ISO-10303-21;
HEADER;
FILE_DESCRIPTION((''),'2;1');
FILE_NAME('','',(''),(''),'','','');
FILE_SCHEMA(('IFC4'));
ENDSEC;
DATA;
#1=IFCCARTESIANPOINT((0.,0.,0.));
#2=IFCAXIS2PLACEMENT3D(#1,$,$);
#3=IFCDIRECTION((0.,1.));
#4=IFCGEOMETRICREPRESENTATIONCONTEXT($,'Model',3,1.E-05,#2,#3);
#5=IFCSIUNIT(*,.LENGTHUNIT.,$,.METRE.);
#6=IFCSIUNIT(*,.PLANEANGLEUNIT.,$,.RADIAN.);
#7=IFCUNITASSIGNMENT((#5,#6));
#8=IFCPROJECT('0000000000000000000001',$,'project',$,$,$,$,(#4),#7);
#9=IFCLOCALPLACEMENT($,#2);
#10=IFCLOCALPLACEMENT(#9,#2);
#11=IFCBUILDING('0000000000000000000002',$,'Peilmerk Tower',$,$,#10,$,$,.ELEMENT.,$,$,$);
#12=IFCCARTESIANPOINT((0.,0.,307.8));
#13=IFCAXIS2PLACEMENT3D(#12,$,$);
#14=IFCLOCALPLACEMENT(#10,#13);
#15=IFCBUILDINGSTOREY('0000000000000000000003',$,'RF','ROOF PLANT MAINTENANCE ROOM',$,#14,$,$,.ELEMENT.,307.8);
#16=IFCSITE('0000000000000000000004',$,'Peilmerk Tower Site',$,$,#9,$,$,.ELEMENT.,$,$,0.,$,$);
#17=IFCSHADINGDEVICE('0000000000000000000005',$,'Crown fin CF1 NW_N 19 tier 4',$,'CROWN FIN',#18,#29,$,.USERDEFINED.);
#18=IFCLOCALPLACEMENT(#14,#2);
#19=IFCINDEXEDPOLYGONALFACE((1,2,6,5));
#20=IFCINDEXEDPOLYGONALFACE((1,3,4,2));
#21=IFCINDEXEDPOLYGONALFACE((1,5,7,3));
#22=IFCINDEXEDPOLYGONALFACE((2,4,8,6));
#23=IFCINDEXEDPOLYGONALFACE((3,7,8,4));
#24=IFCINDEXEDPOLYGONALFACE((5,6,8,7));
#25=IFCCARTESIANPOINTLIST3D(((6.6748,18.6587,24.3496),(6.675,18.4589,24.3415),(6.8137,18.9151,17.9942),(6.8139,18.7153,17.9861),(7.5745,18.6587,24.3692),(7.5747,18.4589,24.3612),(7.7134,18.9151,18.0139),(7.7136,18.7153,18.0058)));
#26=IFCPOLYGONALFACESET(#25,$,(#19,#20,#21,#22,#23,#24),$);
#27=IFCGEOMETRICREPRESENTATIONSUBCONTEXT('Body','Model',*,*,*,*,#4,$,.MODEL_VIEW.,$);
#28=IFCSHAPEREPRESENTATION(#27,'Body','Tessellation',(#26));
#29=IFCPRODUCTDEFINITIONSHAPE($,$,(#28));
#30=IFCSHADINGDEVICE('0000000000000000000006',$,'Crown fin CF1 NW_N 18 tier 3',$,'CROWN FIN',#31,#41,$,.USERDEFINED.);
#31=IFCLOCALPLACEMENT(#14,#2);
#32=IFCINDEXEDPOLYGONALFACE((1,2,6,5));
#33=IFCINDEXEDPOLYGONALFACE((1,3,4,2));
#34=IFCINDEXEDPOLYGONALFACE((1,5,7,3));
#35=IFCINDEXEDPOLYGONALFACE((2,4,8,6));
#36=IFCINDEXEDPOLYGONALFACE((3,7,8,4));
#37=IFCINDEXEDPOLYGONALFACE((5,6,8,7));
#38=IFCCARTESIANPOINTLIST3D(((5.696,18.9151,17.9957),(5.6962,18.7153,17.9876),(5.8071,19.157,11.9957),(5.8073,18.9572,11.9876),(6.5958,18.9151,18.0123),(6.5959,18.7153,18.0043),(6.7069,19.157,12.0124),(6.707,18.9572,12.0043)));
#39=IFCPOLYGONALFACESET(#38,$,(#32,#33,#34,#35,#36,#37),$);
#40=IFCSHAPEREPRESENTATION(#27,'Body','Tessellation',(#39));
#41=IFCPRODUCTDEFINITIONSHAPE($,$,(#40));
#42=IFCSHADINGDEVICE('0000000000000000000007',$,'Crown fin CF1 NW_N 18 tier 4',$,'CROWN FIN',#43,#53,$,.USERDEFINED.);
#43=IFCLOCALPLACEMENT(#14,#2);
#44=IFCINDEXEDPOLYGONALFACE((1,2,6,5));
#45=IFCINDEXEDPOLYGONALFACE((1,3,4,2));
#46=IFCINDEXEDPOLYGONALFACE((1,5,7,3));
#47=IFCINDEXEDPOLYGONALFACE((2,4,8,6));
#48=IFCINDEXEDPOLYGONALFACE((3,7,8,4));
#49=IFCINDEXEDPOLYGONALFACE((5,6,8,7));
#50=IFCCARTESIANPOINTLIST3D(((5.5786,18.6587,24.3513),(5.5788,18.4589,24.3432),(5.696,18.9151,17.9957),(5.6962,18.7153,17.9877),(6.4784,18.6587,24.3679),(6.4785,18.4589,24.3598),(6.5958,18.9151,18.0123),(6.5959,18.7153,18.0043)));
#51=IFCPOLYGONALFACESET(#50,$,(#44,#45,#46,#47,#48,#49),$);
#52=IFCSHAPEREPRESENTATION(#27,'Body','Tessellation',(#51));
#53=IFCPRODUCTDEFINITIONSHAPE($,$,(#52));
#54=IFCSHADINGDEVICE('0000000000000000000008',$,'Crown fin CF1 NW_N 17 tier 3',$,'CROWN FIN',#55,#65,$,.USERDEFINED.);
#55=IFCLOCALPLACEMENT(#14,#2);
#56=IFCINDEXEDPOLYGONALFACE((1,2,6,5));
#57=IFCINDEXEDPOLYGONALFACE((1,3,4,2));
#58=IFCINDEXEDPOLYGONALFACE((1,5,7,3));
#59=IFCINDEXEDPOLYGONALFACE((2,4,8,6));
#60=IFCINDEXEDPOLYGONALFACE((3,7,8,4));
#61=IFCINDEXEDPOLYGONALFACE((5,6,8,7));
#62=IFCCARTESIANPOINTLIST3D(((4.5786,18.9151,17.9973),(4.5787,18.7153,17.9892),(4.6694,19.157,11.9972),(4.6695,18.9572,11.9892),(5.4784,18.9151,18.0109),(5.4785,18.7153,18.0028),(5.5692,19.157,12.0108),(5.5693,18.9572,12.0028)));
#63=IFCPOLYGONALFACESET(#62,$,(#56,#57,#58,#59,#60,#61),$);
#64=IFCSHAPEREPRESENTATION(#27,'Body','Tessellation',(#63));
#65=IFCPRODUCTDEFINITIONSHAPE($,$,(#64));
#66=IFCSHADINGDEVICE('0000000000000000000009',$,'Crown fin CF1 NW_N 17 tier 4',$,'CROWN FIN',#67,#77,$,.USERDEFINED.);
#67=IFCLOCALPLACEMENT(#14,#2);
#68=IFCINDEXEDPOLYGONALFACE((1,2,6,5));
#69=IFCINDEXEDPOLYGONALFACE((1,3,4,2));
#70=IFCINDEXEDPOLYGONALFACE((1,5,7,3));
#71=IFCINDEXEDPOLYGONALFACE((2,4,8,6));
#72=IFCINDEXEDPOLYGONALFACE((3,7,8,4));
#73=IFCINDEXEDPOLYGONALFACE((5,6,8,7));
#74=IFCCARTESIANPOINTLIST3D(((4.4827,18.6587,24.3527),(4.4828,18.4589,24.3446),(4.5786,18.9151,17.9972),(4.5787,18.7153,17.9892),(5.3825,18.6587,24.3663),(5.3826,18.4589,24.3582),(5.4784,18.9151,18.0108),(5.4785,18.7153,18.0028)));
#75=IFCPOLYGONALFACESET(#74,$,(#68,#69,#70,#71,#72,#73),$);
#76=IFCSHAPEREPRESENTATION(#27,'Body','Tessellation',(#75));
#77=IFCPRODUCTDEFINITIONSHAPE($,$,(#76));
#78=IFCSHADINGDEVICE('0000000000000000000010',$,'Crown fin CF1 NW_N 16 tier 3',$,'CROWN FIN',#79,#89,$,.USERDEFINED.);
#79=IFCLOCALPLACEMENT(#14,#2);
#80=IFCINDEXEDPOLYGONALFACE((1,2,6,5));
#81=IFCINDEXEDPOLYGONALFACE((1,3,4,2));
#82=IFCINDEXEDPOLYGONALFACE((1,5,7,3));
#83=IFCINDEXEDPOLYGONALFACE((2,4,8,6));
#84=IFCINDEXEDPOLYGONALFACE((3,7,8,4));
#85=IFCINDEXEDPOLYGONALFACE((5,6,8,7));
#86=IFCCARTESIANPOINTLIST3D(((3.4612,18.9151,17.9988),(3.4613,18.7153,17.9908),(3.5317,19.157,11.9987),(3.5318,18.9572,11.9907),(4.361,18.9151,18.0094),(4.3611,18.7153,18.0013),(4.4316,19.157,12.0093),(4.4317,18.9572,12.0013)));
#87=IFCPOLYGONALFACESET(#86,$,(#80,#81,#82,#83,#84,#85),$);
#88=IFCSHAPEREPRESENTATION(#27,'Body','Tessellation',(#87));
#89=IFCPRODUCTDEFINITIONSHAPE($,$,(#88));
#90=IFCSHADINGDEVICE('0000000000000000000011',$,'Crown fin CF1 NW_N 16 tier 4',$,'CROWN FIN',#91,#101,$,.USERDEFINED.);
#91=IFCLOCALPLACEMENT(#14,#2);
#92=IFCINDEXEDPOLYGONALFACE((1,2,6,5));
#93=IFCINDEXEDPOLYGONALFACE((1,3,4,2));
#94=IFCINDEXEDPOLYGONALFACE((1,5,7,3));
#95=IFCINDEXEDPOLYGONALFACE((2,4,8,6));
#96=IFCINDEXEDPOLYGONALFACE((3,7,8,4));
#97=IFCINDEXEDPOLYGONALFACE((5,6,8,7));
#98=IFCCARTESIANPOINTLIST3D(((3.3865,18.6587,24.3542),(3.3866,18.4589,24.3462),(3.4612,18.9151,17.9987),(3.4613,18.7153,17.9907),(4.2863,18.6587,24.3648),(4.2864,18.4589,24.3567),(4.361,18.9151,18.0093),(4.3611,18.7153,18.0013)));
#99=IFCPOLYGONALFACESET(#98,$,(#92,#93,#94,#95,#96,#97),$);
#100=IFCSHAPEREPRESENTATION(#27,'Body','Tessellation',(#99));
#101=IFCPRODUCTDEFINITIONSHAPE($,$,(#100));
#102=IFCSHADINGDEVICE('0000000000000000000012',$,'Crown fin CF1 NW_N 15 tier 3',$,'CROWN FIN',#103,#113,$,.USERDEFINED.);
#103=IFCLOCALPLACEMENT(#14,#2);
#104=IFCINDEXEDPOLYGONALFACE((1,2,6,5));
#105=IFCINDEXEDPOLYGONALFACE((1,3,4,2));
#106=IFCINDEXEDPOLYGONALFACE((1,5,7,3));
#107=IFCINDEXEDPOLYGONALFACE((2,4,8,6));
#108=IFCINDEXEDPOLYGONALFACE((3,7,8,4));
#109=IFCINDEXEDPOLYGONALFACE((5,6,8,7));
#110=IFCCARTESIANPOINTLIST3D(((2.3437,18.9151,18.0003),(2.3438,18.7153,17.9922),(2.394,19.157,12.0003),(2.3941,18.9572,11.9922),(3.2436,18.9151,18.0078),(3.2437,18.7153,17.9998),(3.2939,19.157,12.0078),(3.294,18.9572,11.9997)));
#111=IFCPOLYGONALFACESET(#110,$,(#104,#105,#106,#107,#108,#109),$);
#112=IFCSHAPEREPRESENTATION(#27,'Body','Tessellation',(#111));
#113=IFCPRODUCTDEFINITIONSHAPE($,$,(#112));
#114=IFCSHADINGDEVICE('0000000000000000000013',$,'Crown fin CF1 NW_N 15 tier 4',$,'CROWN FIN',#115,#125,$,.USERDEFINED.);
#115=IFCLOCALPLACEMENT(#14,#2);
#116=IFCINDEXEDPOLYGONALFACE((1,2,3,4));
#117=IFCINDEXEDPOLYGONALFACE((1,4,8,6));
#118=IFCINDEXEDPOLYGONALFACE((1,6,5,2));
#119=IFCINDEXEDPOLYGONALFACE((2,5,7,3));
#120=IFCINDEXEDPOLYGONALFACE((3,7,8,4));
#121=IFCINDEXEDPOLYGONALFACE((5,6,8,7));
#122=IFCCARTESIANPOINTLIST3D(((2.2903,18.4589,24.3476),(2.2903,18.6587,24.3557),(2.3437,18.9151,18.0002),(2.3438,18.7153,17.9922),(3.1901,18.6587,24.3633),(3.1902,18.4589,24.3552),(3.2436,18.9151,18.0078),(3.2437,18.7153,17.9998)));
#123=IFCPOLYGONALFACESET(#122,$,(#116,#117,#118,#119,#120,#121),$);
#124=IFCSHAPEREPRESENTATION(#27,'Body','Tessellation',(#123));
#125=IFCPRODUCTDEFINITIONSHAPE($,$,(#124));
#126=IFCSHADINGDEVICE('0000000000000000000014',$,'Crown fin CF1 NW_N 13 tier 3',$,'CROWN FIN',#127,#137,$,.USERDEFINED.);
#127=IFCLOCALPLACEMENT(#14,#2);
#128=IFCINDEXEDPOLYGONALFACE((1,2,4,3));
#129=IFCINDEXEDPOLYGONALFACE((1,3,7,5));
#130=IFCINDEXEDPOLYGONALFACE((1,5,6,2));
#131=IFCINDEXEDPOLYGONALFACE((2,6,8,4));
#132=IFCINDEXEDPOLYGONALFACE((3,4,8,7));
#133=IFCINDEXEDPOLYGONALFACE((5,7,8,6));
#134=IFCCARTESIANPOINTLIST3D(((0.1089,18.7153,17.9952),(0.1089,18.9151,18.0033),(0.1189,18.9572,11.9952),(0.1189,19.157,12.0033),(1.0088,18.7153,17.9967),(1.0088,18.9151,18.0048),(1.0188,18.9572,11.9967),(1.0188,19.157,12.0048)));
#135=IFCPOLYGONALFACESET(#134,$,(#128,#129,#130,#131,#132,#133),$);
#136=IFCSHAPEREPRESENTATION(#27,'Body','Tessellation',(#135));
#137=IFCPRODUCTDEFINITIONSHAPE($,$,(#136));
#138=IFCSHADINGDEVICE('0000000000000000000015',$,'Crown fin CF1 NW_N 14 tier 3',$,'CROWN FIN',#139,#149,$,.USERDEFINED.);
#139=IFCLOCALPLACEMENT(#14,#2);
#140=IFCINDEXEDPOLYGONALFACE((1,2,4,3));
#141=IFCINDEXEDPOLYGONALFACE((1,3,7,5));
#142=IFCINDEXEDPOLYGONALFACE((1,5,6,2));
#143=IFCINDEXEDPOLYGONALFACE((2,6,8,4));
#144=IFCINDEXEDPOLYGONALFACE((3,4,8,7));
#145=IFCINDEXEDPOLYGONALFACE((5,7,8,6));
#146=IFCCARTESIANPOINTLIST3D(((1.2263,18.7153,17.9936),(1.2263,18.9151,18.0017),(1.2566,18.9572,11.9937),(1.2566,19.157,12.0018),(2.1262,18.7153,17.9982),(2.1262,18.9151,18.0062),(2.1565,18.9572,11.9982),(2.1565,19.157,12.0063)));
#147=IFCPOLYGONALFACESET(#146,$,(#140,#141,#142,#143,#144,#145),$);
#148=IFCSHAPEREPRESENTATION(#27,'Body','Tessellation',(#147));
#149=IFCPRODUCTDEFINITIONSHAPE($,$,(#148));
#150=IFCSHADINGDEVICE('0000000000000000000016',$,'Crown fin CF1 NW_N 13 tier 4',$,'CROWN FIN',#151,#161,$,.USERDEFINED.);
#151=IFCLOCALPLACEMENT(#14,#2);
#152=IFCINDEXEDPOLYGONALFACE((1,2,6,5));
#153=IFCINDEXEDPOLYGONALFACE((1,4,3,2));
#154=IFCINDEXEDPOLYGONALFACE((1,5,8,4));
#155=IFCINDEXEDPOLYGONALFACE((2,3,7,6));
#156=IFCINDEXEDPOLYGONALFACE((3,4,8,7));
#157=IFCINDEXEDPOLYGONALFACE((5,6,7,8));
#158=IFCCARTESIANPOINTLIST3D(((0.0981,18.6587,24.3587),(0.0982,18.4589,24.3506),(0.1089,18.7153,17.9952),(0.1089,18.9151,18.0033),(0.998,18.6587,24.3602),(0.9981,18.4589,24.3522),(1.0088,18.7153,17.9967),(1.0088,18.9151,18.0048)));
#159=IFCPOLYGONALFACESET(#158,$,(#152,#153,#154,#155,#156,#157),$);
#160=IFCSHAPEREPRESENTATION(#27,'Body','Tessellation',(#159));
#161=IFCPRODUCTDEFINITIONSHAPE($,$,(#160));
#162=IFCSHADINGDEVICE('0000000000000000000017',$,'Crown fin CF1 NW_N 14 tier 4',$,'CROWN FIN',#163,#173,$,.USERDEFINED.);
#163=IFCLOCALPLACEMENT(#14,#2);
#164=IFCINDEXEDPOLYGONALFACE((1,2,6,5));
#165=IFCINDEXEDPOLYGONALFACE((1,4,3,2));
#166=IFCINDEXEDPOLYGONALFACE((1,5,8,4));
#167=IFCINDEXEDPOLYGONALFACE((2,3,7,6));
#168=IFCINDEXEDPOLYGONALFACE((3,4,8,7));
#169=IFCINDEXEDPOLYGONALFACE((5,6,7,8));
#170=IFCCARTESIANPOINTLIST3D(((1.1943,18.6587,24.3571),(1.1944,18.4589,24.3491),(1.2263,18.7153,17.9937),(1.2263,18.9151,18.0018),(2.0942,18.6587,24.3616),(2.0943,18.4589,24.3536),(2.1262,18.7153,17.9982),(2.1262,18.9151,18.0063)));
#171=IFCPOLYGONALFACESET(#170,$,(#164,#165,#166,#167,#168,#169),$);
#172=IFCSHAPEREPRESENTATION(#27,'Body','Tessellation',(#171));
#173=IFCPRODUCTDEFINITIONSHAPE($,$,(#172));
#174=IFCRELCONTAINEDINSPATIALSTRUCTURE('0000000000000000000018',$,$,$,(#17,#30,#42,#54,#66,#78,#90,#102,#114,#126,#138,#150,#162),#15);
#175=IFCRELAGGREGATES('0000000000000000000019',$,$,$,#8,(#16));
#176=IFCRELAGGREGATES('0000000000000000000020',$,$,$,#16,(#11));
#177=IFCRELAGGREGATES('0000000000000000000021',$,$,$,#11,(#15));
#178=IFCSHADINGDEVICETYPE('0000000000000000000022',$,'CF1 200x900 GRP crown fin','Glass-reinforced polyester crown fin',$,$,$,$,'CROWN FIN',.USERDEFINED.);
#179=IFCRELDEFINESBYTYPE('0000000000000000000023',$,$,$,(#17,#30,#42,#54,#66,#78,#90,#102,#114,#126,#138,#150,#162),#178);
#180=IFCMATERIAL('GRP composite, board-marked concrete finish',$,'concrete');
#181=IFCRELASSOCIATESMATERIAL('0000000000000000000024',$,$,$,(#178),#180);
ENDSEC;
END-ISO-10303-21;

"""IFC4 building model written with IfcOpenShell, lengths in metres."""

from ifc_helpers import new_model, si_unit, direction, frame, origin, origin_2d, place, context, subcontext, project, spatial, rectangle, extrude, source, transform, mapped, material, material_profile, profile_set, type_object, element, save


model = new_model("IFC4")

# Units and contexts
model_context = context("Model", 3, precision=1e-05, world=origin(), true_north=direction((0.0, 1.0)))
body_context = subcontext(model_context, "Body", "Model", "MODEL_VIEW")
ifc_project = project(units=[si_unit("LENGTHUNIT", "METRE"), si_unit("PLANEANGLEUNIT", "RADIAN")], contexts=[model_context])

# Site, building, storey
site_placement = place(None, origin())
site = spatial("IfcSite", under=ifc_project, at=site_placement, Name="Peilmerk Tower Site", CompositionType="ELEMENT", RefElevation=0.0)
building_placement = place(site_placement, origin())
building = spatial("IfcBuilding", under=site, at=building_placement, Name="Peilmerk Tower", CompositionType="ELEMENT")
storey_placement = place(building_placement, frame((0.0, 0.0, 307.8)))
storey = spatial("IfcBuildingStorey", under=building, at=storey_placement, Name="RF", Description="ROOF PLANT MAINTENANCE ROOM", CompositionType="ELEMENT", Elevation=307.8)

# Shading devices
ifc_material_1 = material(Name="GRP composite, board-marked concrete finish", Category="concrete")
ifc_material_profile = material_profile(ifc_material_1, rectangle(XDim=0.2, YDim=0.8999, at=origin_2d()), Name="CF1 200x900")
ifc_profile_set = profile_set([ifc_material_profile], Name="GRP composite, board-marked concrete finish")
shading_device_type = type_object("IfcShadingDeviceType", Name="CF1 200x900 GRP crown fin", Description="Glass-reinforced polyester crown fin", ElementType="CROWN FIN", PredefinedType="USERDEFINED", material=ifc_profile_set)
shared_shape_1 = source(origin(), body_context, "Body", "SweptSolid", [
    extrude(rectangle(XDim=0.2, YDim=0.8999, at=origin_2d()), origin(), (0.0, 0.0, 1.0), 6.3621),
])
shading_device_1_placement = place(storey_placement, frame((7.2637, 18.8152, 18.0), z_axis=(-0.021835, -0.040293, 0.998949), x_axis=(-0.00088, 0.999188, 0.040283)))
element("IfcShadingDevice", 1, at=shading_device_1_placement, inside=storey, type_object=shading_device_type, Name="Crown fin CF1 NW_N 19 tier 4", ObjectType="CROWN FIN", PredefinedType="USERDEFINED", context=body_context, shape_type="MappedRepresentation", body=[
    mapped(shared_shape_1, transform((0.0, 0.0, 0.0), scale=1.0)),
])
shared_shape_2 = source(origin(), body_context, "Body", "SweptSolid", [
    extrude(rectangle(XDim=0.2, YDim=0.8999, at=origin_2d()), origin(), (0.0, 0.0, 1.0), 6.0059),
])
shading_device_2_placement = place(storey_placement, frame((6.2571, 19.0571, 12.0), z_axis=(-0.018496, -0.040284, 0.999017), x_axis=(-0.000746, 0.999188, 0.040277)))
element("IfcShadingDevice", 2, at=shading_device_2_placement, inside=storey, type_object=shading_device_type, Name="Crown fin CF1 NW_N 18 tier 3", ObjectType="CROWN FIN", PredefinedType="USERDEFINED", context=body_context, shape_type="MappedRepresentation", body=[
    mapped(shared_shape_2, transform((0.0, 0.0, 0.0), scale=1.0)),
])
shared_shape_3 = source(origin(), body_context, "Body", "SweptSolid", [
    extrude(rectangle(XDim=0.2, YDim=0.8999, at=origin_2d()), origin(), (0.0, 0.0, 1.0), 6.3618),
])
shading_device_3_placement = place(storey_placement, frame((6.146, 18.8152, 18.0), z_axis=(-0.018459, -0.040295, 0.999017), x_axis=(-0.000744, 0.999188, 0.040288)))
element("IfcShadingDevice", 3, at=shading_device_3_placement, inside=storey, type_object=shading_device_type, Name="Crown fin CF1 NW_N 18 tier 4", ObjectType="CROWN FIN", PredefinedType="USERDEFINED", context=body_context, shape_type="MappedRepresentation", body=[
    mapped(shared_shape_3, transform((0.0, 0.0, 0.0), scale=1.0)),
])
shared_shape_4 = source(origin(), body_context, "Body", "SweptSolid", [
    extrude(rectangle(XDim=0.2, YDim=0.8999, at=origin_2d()), origin(), (0.0, 0.0, 1.0), 6.0056),
])
shading_device_4_placement = place(storey_placement, frame((5.1194, 19.0571, 12.0), z_axis=(-0.015123, -0.040287, 0.999074), x_axis=(-0.00061, 0.999188, 0.040282)))
element("IfcShadingDevice", 4, at=shading_device_4_placement, inside=storey, type_object=shading_device_type, Name="Crown fin CF1 NW_N 17 tier 3", ObjectType="CROWN FIN", PredefinedType="USERDEFINED", context=body_context, shape_type="MappedRepresentation", body=[
    mapped(shared_shape_4, transform((0.0, 0.0, 0.0), scale=1.0)),
])
shared_shape_5 = source(origin(), body_context, "Body", "SweptSolid", [
    extrude(rectangle(XDim=0.2, YDim=0.8999, at=origin_2d()), origin(), (0.0, 0.0, 1.0), 6.3613),
])
shading_device_5_placement = place(storey_placement, frame((5.0286, 18.8152, 18.0), z_axis=(-0.015083, -0.040298, 0.999074), x_axis=(-0.000608, 0.999188, 0.040293)))
element("IfcShadingDevice", 5, at=shading_device_5_placement, inside=storey, type_object=shading_device_type, Name="Crown fin CF1 NW_N 17 tier 4", ObjectType="CROWN FIN", PredefinedType="USERDEFINED", context=body_context, shape_type="MappedRepresentation", body=[
    mapped(shared_shape_5, transform((0.0, 0.0, 0.0), scale=1.0)),
])
shared_shape_6 = source(origin(), body_context, "Body", "SweptSolid", [
    extrude(rectangle(XDim=0.2, YDim=0.8999, at=origin_2d()), origin(), (0.0, 0.0, 1.0), 6.0054),
])
shading_device_6_placement = place(storey_placement, frame((3.9817, 19.0571, 12.0), z_axis=(-0.011749, -0.040288, 0.999119), x_axis=(-0.000474, 0.999188, 0.040286)))
element("IfcShadingDevice", 6, at=shading_device_6_placement, inside=storey, type_object=shading_device_type, Name="Crown fin CF1 NW_N 16 tier 3", ObjectType="CROWN FIN", PredefinedType="USERDEFINED", context=body_context, shape_type="MappedRepresentation", body=[
    mapped(shared_shape_6, transform((0.0, 0.0, 0.0), scale=1.0)),
])
shared_shape_7 = source(origin(), body_context, "Body", "SweptSolid", [
    extrude(rectangle(XDim=0.2, YDim=0.8999, at=origin_2d()), origin(), (0.0, 0.0, 1.0), 6.3611),
])
shading_device_7_placement = place(storey_placement, frame((3.9111, 18.8152, 18.0), z_axis=(-0.011744, -0.040299, 0.999119), x_axis=(-0.000474, 0.999188, 0.040297)))
element("IfcShadingDevice", 7, at=shading_device_7_placement, inside=storey, type_object=shading_device_type, Name="Crown fin CF1 NW_N 16 tier 4", ObjectType="CROWN FIN", PredefinedType="USERDEFINED", context=body_context, shape_type="MappedRepresentation", body=[
    mapped(shared_shape_7, transform((0.0, 0.0, 0.0), scale=1.0)),
])
shared_shape_8 = source(origin(), body_context, "Body", "SweptSolid", [
    extrude(rectangle(XDim=0.2, YDim=0.8999, at=origin_2d()), origin(), (0.0, 0.0, 1.0), 6.0051),
])
shading_device_8_placement = place(storey_placement, frame((2.844, 19.0571, 12.0), z_axis=(-0.008375, -0.04029, 0.999153), x_axis=(-0.000338, 0.999188, 0.040288)))
element("IfcShadingDevice", 8, at=shading_device_8_placement, inside=storey, type_object=shading_device_type, Name="Crown fin CF1 NW_N 15 tier 3", ObjectType="CROWN FIN", PredefinedType="USERDEFINED", context=body_context, shape_type="MappedRepresentation", body=[
    mapped(shared_shape_8, transform((0.0, 0.0, 0.0), scale=1.0)),
])
shared_shape_9 = source(origin(), body_context, "Body", "SweptSolid", [
    extrude(rectangle(XDim=0.2, YDim=0.8999, at=origin_2d()), origin(), (0.0, 0.0, 1.0), 6.3608),
])
shading_device_9_placement = place(storey_placement, frame((2.7937, 18.8152, 18.0), z_axis=(-0.008406, -0.040301, 0.999152), x_axis=(-0.000339, 0.999188, 0.040299)))
element("IfcShadingDevice", 9, at=shading_device_9_placement, inside=storey, type_object=shading_device_type, Name="Crown fin CF1 NW_N 15 tier 4", ObjectType="CROWN FIN", PredefinedType="USERDEFINED", context=body_context, shape_type="MappedRepresentation", body=[
    mapped(shared_shape_9, transform((0.0, 0.0, 0.0), scale=1.0)),
])
shared_shape_10 = source(origin(), body_context, "Body", "SweptSolid", [
    extrude(rectangle(XDim=0.2, YDim=0.8999, at=origin_2d()), origin(), (0.0, 0.0, 1.0), 6.0049),
])
for number, where, z_axis, x_axis, name in (
    (10, (0.5688, 19.0571, 12.0), (-0.001667, -0.040291, 0.999187), (-0.000067, 0.999188, 0.040291), "Crown fin CF1 NW_N 13 tier 3"),
    (11, (1.7065, 19.0571, 12.0), (-0.005041, -0.040291, 0.999175), (-0.000203, 0.999188, 0.04029), "Crown fin CF1 NW_N 14 tier 3"),
):
    element("IfcShadingDevice", number, at=place(storey_placement, frame(where, z_axis=z_axis, x_axis=x_axis)), inside=storey, type_object=shading_device_type, Name=name, ObjectType="CROWN FIN", PredefinedType="USERDEFINED", context=body_context, shape_type="MappedRepresentation", body=[
        mapped(shared_shape_10, transform((0.0, 0.0, 0.0), scale=1.0)),
    ])
shared_shape_11 = source(origin(), body_context, "Body", "SweptSolid", [
    extrude(rectangle(XDim=0.2, YDim=0.8999, at=origin_2d()), origin(), (0.0, 0.0, 1.0), 6.3606),
])
for number, where, z_axis, x_axis, name in (
    (12, (0.5588, 18.8152, 18.0), (-0.001689, -0.040302, 0.999186), (-0.000068, 0.999188, 0.040302), "Crown fin CF1 NW_N 13 tier 4"),
    (13, (1.6763, 18.8152, 18.0), (-0.005028, -0.040302, 0.999175), (-0.000203, 0.999188, 0.040301), "Crown fin CF1 NW_N 14 tier 4"),
):
    element("IfcShadingDevice", number, at=place(storey_placement, frame(where, z_axis=z_axis, x_axis=x_axis)), inside=storey, type_object=shading_device_type, Name=name, ObjectType="CROWN FIN", PredefinedType="USERDEFINED", context=body_context, shape_type="MappedRepresentation", body=[
        mapped(shared_shape_11, transform((0.0, 0.0, 0.0), scale=1.0)),
    ])

save(model, "model.ifc")
